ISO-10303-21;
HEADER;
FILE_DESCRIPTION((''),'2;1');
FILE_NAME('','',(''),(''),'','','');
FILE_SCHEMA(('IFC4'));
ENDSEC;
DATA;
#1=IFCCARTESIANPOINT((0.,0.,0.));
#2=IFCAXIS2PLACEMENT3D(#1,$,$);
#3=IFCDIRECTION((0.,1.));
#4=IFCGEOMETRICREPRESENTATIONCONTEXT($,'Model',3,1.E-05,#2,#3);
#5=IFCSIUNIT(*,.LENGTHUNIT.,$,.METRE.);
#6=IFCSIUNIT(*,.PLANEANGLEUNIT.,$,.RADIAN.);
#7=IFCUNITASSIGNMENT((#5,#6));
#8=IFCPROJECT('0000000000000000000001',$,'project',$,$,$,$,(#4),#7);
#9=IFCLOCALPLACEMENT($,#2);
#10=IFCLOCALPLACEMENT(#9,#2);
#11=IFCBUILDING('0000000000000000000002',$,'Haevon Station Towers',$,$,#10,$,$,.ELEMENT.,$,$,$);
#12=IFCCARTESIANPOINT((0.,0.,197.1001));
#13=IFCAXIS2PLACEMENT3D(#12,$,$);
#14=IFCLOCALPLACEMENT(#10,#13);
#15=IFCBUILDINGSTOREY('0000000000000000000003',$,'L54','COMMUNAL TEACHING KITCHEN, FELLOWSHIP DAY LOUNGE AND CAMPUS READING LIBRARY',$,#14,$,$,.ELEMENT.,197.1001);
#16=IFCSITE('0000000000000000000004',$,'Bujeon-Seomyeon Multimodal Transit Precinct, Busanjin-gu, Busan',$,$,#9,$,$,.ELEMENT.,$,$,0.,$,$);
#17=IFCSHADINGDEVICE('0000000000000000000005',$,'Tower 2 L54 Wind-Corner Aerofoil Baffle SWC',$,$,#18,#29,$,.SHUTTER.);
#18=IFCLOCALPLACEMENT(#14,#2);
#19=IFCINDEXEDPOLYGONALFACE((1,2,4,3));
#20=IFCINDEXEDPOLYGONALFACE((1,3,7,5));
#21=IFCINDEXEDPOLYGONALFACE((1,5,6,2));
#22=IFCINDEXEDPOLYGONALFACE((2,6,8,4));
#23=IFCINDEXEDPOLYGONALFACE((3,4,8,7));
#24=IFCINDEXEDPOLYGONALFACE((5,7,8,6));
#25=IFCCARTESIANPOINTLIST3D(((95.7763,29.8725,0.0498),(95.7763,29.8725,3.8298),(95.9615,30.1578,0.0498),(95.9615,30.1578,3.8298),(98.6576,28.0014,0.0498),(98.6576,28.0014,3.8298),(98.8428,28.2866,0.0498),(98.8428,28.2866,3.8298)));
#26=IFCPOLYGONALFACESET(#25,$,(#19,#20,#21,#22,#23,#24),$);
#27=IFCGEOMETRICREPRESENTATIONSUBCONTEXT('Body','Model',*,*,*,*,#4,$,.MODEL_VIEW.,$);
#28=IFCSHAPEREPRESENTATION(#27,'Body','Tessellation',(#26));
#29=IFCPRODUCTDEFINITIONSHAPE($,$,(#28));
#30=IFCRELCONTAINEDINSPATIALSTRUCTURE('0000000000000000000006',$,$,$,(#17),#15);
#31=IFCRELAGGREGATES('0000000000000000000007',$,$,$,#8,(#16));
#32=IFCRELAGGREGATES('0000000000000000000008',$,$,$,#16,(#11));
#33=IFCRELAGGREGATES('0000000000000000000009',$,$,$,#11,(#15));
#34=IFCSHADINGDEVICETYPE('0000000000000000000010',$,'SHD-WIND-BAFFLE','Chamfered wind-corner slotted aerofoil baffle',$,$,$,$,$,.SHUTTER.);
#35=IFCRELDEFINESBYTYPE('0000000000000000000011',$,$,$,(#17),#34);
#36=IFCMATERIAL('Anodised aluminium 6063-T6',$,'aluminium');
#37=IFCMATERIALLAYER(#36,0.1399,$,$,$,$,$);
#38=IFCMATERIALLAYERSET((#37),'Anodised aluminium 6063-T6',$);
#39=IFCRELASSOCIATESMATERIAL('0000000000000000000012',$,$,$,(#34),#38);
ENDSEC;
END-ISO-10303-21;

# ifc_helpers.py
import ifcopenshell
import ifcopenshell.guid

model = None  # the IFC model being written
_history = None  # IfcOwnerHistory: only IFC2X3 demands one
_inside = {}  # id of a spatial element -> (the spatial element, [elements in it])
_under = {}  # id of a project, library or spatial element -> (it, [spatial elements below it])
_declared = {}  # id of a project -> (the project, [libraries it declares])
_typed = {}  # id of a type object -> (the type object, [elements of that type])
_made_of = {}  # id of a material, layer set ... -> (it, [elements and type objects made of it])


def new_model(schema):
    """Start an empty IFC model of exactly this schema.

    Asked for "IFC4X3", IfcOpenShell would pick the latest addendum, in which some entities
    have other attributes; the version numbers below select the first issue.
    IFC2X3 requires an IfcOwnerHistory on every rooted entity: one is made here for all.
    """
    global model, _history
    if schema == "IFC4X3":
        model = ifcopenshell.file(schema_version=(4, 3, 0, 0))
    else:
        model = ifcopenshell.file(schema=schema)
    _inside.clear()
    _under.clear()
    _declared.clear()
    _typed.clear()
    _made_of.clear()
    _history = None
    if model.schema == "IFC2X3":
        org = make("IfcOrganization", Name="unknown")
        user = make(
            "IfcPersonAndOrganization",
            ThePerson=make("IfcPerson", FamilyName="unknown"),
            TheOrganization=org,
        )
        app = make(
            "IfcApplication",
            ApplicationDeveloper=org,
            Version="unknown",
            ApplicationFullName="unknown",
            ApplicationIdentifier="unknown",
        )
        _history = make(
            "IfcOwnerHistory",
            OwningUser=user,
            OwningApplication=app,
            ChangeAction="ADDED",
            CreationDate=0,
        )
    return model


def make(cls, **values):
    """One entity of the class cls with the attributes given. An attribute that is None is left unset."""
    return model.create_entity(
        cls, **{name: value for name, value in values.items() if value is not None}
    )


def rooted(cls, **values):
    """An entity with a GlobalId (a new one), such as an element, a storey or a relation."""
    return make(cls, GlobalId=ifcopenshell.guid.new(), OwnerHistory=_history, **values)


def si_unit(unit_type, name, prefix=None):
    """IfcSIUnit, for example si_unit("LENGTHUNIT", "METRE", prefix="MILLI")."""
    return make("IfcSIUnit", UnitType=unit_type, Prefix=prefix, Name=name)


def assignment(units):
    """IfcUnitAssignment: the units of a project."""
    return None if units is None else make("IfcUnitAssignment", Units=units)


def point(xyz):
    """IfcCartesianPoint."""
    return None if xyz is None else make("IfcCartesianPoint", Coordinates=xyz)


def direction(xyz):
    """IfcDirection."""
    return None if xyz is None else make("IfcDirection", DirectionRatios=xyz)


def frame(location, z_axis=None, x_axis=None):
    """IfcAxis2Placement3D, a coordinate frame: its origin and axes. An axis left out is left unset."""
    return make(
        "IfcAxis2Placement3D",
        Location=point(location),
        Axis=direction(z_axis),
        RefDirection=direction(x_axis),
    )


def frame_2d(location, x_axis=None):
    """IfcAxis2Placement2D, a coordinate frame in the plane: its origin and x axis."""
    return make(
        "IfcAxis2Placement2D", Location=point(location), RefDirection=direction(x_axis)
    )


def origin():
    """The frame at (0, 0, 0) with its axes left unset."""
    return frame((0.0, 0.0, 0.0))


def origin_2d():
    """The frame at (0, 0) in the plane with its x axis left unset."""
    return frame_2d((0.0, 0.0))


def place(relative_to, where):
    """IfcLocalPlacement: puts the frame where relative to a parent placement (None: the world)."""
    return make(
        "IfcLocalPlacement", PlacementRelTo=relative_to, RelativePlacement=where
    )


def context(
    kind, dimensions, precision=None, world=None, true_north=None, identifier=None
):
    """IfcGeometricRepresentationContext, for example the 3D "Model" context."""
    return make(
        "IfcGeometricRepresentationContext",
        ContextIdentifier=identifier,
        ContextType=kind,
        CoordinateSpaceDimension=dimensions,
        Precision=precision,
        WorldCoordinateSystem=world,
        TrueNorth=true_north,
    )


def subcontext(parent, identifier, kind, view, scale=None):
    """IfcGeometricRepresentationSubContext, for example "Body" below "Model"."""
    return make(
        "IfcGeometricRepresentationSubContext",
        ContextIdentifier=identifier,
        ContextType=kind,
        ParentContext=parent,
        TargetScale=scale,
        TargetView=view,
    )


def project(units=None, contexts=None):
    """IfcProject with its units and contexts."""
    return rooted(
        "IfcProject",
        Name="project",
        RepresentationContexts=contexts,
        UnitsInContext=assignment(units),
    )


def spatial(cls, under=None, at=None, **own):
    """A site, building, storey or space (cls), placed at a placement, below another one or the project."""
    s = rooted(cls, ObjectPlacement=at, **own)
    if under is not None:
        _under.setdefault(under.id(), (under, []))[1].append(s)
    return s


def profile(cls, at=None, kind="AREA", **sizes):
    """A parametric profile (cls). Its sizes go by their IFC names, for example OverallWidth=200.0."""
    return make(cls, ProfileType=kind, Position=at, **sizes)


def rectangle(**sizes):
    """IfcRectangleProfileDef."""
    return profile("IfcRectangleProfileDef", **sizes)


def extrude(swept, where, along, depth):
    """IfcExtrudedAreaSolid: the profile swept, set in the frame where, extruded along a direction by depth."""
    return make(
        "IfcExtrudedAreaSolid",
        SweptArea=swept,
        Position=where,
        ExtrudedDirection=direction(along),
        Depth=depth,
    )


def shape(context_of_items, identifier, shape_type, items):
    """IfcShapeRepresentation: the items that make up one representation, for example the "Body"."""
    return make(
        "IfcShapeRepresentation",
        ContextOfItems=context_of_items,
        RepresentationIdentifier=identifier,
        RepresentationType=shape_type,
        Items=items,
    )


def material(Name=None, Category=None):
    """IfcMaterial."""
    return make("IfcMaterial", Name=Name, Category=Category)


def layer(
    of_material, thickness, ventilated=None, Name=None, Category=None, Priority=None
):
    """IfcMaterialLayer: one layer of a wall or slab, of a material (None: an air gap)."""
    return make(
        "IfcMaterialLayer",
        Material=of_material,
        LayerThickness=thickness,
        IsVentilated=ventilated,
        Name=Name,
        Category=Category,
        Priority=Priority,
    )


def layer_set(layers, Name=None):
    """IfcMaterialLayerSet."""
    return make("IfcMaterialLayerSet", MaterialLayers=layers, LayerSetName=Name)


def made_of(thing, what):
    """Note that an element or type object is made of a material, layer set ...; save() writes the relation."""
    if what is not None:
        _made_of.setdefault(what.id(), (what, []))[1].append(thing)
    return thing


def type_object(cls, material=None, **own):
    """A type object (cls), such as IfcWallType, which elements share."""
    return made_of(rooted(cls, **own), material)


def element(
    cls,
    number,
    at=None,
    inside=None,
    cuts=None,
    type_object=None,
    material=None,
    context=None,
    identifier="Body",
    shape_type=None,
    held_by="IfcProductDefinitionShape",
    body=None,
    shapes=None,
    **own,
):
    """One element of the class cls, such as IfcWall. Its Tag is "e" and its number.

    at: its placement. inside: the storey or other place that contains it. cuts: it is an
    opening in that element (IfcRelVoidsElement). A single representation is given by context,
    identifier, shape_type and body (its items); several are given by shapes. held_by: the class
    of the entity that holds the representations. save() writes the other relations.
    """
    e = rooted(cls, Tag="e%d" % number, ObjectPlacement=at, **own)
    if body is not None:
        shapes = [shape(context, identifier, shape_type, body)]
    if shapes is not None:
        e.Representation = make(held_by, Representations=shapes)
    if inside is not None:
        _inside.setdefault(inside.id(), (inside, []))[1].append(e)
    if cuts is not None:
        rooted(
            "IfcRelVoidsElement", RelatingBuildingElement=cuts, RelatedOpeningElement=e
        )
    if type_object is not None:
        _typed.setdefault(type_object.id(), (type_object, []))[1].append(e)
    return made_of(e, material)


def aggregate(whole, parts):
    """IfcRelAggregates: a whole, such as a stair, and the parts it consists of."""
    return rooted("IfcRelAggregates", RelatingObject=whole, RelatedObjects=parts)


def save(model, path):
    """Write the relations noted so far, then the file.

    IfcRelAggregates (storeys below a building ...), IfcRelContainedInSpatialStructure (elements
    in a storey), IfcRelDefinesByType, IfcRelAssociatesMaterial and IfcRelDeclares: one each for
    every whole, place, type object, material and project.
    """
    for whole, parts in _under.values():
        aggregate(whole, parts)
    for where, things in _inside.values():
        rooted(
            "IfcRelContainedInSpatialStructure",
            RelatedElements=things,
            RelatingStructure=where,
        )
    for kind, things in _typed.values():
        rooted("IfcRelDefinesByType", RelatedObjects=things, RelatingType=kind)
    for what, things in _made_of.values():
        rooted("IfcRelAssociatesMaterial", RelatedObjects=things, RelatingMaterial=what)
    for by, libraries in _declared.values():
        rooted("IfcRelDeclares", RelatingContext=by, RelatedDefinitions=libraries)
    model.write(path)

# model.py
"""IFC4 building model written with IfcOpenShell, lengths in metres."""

from ifc_helpers import new_model, si_unit, direction, frame, origin, origin_2d, place, context, subcontext, project, spatial, rectangle, extrude, material, layer, layer_set, type_object, element, save


model = new_model("IFC4")

# Units and contexts
model_context = context("Model", 3, precision=1e-05, world=origin(), true_north=direction((0.0, 1.0)))
body_context = subcontext(model_context, "Body", "Model", "MODEL_VIEW")
ifc_project = project(units=[si_unit("LENGTHUNIT", "METRE"), si_unit("PLANEANGLEUNIT", "RADIAN")], contexts=[model_context])

# Site, building, storey
site_placement = place(None, origin())
site = spatial("IfcSite", under=ifc_project, at=site_placement, Name="Bujeon-Seomyeon Multimodal Transit Precinct, Busanjin-gu, Busan", CompositionType="ELEMENT", RefElevation=0.0)
building_placement = place(site_placement, origin())
building = spatial("IfcBuilding", under=site, at=building_placement, Name="Haevon Station Towers", CompositionType="ELEMENT")
storey_placement = place(building_placement, frame((0.0, 0.0, 197.1001)))
storey = spatial("IfcBuildingStorey", under=building, at=storey_placement, Name="L54", Description="COMMUNAL TEACHING KITCHEN, FELLOWSHIP DAY LOUNGE AND CAMPUS READING LIBRARY", CompositionType="ELEMENT", Elevation=197.1001)

# Shading device
ifc_material_1 = material(Name="Anodised aluminium 6063-T6", Category="aluminium")
ifc_layer_1 = layer(ifc_material_1, 0.1399)
ifc_layer_set_1 = layer_set([ifc_layer_1], Name="Anodised aluminium 6063-T6")
shading_device_type = type_object("IfcShadingDeviceType", Name="SHD-WIND-BAFFLE", Description="Chamfered wind-corner slotted aerofoil baffle", PredefinedType="SHUTTER", material=ifc_layer_set_1)
shading_device_placement = place(storey_placement, frame((97.3096, 29.0796, 0.0498), z_axis=(0.0, 0.0, 1.0), x_axis=(-0.838671, 0.544639, 0.0)))
element("IfcShadingDevice", 1, at=shading_device_placement, inside=storey, type_object=shading_device_type, Name="Tower 2 L54 Wind-Corner Aerofoil Baffle SWC", PredefinedType="SHUTTER", context=body_context, shape_type="SweptSolid", body=[
    extrude(rectangle(XDim=3.4355, YDim=0.3401, at=origin_2d()), origin(), (0.0, 0.0, 1.0), 3.78),
])

save(model, "model.ifc")
